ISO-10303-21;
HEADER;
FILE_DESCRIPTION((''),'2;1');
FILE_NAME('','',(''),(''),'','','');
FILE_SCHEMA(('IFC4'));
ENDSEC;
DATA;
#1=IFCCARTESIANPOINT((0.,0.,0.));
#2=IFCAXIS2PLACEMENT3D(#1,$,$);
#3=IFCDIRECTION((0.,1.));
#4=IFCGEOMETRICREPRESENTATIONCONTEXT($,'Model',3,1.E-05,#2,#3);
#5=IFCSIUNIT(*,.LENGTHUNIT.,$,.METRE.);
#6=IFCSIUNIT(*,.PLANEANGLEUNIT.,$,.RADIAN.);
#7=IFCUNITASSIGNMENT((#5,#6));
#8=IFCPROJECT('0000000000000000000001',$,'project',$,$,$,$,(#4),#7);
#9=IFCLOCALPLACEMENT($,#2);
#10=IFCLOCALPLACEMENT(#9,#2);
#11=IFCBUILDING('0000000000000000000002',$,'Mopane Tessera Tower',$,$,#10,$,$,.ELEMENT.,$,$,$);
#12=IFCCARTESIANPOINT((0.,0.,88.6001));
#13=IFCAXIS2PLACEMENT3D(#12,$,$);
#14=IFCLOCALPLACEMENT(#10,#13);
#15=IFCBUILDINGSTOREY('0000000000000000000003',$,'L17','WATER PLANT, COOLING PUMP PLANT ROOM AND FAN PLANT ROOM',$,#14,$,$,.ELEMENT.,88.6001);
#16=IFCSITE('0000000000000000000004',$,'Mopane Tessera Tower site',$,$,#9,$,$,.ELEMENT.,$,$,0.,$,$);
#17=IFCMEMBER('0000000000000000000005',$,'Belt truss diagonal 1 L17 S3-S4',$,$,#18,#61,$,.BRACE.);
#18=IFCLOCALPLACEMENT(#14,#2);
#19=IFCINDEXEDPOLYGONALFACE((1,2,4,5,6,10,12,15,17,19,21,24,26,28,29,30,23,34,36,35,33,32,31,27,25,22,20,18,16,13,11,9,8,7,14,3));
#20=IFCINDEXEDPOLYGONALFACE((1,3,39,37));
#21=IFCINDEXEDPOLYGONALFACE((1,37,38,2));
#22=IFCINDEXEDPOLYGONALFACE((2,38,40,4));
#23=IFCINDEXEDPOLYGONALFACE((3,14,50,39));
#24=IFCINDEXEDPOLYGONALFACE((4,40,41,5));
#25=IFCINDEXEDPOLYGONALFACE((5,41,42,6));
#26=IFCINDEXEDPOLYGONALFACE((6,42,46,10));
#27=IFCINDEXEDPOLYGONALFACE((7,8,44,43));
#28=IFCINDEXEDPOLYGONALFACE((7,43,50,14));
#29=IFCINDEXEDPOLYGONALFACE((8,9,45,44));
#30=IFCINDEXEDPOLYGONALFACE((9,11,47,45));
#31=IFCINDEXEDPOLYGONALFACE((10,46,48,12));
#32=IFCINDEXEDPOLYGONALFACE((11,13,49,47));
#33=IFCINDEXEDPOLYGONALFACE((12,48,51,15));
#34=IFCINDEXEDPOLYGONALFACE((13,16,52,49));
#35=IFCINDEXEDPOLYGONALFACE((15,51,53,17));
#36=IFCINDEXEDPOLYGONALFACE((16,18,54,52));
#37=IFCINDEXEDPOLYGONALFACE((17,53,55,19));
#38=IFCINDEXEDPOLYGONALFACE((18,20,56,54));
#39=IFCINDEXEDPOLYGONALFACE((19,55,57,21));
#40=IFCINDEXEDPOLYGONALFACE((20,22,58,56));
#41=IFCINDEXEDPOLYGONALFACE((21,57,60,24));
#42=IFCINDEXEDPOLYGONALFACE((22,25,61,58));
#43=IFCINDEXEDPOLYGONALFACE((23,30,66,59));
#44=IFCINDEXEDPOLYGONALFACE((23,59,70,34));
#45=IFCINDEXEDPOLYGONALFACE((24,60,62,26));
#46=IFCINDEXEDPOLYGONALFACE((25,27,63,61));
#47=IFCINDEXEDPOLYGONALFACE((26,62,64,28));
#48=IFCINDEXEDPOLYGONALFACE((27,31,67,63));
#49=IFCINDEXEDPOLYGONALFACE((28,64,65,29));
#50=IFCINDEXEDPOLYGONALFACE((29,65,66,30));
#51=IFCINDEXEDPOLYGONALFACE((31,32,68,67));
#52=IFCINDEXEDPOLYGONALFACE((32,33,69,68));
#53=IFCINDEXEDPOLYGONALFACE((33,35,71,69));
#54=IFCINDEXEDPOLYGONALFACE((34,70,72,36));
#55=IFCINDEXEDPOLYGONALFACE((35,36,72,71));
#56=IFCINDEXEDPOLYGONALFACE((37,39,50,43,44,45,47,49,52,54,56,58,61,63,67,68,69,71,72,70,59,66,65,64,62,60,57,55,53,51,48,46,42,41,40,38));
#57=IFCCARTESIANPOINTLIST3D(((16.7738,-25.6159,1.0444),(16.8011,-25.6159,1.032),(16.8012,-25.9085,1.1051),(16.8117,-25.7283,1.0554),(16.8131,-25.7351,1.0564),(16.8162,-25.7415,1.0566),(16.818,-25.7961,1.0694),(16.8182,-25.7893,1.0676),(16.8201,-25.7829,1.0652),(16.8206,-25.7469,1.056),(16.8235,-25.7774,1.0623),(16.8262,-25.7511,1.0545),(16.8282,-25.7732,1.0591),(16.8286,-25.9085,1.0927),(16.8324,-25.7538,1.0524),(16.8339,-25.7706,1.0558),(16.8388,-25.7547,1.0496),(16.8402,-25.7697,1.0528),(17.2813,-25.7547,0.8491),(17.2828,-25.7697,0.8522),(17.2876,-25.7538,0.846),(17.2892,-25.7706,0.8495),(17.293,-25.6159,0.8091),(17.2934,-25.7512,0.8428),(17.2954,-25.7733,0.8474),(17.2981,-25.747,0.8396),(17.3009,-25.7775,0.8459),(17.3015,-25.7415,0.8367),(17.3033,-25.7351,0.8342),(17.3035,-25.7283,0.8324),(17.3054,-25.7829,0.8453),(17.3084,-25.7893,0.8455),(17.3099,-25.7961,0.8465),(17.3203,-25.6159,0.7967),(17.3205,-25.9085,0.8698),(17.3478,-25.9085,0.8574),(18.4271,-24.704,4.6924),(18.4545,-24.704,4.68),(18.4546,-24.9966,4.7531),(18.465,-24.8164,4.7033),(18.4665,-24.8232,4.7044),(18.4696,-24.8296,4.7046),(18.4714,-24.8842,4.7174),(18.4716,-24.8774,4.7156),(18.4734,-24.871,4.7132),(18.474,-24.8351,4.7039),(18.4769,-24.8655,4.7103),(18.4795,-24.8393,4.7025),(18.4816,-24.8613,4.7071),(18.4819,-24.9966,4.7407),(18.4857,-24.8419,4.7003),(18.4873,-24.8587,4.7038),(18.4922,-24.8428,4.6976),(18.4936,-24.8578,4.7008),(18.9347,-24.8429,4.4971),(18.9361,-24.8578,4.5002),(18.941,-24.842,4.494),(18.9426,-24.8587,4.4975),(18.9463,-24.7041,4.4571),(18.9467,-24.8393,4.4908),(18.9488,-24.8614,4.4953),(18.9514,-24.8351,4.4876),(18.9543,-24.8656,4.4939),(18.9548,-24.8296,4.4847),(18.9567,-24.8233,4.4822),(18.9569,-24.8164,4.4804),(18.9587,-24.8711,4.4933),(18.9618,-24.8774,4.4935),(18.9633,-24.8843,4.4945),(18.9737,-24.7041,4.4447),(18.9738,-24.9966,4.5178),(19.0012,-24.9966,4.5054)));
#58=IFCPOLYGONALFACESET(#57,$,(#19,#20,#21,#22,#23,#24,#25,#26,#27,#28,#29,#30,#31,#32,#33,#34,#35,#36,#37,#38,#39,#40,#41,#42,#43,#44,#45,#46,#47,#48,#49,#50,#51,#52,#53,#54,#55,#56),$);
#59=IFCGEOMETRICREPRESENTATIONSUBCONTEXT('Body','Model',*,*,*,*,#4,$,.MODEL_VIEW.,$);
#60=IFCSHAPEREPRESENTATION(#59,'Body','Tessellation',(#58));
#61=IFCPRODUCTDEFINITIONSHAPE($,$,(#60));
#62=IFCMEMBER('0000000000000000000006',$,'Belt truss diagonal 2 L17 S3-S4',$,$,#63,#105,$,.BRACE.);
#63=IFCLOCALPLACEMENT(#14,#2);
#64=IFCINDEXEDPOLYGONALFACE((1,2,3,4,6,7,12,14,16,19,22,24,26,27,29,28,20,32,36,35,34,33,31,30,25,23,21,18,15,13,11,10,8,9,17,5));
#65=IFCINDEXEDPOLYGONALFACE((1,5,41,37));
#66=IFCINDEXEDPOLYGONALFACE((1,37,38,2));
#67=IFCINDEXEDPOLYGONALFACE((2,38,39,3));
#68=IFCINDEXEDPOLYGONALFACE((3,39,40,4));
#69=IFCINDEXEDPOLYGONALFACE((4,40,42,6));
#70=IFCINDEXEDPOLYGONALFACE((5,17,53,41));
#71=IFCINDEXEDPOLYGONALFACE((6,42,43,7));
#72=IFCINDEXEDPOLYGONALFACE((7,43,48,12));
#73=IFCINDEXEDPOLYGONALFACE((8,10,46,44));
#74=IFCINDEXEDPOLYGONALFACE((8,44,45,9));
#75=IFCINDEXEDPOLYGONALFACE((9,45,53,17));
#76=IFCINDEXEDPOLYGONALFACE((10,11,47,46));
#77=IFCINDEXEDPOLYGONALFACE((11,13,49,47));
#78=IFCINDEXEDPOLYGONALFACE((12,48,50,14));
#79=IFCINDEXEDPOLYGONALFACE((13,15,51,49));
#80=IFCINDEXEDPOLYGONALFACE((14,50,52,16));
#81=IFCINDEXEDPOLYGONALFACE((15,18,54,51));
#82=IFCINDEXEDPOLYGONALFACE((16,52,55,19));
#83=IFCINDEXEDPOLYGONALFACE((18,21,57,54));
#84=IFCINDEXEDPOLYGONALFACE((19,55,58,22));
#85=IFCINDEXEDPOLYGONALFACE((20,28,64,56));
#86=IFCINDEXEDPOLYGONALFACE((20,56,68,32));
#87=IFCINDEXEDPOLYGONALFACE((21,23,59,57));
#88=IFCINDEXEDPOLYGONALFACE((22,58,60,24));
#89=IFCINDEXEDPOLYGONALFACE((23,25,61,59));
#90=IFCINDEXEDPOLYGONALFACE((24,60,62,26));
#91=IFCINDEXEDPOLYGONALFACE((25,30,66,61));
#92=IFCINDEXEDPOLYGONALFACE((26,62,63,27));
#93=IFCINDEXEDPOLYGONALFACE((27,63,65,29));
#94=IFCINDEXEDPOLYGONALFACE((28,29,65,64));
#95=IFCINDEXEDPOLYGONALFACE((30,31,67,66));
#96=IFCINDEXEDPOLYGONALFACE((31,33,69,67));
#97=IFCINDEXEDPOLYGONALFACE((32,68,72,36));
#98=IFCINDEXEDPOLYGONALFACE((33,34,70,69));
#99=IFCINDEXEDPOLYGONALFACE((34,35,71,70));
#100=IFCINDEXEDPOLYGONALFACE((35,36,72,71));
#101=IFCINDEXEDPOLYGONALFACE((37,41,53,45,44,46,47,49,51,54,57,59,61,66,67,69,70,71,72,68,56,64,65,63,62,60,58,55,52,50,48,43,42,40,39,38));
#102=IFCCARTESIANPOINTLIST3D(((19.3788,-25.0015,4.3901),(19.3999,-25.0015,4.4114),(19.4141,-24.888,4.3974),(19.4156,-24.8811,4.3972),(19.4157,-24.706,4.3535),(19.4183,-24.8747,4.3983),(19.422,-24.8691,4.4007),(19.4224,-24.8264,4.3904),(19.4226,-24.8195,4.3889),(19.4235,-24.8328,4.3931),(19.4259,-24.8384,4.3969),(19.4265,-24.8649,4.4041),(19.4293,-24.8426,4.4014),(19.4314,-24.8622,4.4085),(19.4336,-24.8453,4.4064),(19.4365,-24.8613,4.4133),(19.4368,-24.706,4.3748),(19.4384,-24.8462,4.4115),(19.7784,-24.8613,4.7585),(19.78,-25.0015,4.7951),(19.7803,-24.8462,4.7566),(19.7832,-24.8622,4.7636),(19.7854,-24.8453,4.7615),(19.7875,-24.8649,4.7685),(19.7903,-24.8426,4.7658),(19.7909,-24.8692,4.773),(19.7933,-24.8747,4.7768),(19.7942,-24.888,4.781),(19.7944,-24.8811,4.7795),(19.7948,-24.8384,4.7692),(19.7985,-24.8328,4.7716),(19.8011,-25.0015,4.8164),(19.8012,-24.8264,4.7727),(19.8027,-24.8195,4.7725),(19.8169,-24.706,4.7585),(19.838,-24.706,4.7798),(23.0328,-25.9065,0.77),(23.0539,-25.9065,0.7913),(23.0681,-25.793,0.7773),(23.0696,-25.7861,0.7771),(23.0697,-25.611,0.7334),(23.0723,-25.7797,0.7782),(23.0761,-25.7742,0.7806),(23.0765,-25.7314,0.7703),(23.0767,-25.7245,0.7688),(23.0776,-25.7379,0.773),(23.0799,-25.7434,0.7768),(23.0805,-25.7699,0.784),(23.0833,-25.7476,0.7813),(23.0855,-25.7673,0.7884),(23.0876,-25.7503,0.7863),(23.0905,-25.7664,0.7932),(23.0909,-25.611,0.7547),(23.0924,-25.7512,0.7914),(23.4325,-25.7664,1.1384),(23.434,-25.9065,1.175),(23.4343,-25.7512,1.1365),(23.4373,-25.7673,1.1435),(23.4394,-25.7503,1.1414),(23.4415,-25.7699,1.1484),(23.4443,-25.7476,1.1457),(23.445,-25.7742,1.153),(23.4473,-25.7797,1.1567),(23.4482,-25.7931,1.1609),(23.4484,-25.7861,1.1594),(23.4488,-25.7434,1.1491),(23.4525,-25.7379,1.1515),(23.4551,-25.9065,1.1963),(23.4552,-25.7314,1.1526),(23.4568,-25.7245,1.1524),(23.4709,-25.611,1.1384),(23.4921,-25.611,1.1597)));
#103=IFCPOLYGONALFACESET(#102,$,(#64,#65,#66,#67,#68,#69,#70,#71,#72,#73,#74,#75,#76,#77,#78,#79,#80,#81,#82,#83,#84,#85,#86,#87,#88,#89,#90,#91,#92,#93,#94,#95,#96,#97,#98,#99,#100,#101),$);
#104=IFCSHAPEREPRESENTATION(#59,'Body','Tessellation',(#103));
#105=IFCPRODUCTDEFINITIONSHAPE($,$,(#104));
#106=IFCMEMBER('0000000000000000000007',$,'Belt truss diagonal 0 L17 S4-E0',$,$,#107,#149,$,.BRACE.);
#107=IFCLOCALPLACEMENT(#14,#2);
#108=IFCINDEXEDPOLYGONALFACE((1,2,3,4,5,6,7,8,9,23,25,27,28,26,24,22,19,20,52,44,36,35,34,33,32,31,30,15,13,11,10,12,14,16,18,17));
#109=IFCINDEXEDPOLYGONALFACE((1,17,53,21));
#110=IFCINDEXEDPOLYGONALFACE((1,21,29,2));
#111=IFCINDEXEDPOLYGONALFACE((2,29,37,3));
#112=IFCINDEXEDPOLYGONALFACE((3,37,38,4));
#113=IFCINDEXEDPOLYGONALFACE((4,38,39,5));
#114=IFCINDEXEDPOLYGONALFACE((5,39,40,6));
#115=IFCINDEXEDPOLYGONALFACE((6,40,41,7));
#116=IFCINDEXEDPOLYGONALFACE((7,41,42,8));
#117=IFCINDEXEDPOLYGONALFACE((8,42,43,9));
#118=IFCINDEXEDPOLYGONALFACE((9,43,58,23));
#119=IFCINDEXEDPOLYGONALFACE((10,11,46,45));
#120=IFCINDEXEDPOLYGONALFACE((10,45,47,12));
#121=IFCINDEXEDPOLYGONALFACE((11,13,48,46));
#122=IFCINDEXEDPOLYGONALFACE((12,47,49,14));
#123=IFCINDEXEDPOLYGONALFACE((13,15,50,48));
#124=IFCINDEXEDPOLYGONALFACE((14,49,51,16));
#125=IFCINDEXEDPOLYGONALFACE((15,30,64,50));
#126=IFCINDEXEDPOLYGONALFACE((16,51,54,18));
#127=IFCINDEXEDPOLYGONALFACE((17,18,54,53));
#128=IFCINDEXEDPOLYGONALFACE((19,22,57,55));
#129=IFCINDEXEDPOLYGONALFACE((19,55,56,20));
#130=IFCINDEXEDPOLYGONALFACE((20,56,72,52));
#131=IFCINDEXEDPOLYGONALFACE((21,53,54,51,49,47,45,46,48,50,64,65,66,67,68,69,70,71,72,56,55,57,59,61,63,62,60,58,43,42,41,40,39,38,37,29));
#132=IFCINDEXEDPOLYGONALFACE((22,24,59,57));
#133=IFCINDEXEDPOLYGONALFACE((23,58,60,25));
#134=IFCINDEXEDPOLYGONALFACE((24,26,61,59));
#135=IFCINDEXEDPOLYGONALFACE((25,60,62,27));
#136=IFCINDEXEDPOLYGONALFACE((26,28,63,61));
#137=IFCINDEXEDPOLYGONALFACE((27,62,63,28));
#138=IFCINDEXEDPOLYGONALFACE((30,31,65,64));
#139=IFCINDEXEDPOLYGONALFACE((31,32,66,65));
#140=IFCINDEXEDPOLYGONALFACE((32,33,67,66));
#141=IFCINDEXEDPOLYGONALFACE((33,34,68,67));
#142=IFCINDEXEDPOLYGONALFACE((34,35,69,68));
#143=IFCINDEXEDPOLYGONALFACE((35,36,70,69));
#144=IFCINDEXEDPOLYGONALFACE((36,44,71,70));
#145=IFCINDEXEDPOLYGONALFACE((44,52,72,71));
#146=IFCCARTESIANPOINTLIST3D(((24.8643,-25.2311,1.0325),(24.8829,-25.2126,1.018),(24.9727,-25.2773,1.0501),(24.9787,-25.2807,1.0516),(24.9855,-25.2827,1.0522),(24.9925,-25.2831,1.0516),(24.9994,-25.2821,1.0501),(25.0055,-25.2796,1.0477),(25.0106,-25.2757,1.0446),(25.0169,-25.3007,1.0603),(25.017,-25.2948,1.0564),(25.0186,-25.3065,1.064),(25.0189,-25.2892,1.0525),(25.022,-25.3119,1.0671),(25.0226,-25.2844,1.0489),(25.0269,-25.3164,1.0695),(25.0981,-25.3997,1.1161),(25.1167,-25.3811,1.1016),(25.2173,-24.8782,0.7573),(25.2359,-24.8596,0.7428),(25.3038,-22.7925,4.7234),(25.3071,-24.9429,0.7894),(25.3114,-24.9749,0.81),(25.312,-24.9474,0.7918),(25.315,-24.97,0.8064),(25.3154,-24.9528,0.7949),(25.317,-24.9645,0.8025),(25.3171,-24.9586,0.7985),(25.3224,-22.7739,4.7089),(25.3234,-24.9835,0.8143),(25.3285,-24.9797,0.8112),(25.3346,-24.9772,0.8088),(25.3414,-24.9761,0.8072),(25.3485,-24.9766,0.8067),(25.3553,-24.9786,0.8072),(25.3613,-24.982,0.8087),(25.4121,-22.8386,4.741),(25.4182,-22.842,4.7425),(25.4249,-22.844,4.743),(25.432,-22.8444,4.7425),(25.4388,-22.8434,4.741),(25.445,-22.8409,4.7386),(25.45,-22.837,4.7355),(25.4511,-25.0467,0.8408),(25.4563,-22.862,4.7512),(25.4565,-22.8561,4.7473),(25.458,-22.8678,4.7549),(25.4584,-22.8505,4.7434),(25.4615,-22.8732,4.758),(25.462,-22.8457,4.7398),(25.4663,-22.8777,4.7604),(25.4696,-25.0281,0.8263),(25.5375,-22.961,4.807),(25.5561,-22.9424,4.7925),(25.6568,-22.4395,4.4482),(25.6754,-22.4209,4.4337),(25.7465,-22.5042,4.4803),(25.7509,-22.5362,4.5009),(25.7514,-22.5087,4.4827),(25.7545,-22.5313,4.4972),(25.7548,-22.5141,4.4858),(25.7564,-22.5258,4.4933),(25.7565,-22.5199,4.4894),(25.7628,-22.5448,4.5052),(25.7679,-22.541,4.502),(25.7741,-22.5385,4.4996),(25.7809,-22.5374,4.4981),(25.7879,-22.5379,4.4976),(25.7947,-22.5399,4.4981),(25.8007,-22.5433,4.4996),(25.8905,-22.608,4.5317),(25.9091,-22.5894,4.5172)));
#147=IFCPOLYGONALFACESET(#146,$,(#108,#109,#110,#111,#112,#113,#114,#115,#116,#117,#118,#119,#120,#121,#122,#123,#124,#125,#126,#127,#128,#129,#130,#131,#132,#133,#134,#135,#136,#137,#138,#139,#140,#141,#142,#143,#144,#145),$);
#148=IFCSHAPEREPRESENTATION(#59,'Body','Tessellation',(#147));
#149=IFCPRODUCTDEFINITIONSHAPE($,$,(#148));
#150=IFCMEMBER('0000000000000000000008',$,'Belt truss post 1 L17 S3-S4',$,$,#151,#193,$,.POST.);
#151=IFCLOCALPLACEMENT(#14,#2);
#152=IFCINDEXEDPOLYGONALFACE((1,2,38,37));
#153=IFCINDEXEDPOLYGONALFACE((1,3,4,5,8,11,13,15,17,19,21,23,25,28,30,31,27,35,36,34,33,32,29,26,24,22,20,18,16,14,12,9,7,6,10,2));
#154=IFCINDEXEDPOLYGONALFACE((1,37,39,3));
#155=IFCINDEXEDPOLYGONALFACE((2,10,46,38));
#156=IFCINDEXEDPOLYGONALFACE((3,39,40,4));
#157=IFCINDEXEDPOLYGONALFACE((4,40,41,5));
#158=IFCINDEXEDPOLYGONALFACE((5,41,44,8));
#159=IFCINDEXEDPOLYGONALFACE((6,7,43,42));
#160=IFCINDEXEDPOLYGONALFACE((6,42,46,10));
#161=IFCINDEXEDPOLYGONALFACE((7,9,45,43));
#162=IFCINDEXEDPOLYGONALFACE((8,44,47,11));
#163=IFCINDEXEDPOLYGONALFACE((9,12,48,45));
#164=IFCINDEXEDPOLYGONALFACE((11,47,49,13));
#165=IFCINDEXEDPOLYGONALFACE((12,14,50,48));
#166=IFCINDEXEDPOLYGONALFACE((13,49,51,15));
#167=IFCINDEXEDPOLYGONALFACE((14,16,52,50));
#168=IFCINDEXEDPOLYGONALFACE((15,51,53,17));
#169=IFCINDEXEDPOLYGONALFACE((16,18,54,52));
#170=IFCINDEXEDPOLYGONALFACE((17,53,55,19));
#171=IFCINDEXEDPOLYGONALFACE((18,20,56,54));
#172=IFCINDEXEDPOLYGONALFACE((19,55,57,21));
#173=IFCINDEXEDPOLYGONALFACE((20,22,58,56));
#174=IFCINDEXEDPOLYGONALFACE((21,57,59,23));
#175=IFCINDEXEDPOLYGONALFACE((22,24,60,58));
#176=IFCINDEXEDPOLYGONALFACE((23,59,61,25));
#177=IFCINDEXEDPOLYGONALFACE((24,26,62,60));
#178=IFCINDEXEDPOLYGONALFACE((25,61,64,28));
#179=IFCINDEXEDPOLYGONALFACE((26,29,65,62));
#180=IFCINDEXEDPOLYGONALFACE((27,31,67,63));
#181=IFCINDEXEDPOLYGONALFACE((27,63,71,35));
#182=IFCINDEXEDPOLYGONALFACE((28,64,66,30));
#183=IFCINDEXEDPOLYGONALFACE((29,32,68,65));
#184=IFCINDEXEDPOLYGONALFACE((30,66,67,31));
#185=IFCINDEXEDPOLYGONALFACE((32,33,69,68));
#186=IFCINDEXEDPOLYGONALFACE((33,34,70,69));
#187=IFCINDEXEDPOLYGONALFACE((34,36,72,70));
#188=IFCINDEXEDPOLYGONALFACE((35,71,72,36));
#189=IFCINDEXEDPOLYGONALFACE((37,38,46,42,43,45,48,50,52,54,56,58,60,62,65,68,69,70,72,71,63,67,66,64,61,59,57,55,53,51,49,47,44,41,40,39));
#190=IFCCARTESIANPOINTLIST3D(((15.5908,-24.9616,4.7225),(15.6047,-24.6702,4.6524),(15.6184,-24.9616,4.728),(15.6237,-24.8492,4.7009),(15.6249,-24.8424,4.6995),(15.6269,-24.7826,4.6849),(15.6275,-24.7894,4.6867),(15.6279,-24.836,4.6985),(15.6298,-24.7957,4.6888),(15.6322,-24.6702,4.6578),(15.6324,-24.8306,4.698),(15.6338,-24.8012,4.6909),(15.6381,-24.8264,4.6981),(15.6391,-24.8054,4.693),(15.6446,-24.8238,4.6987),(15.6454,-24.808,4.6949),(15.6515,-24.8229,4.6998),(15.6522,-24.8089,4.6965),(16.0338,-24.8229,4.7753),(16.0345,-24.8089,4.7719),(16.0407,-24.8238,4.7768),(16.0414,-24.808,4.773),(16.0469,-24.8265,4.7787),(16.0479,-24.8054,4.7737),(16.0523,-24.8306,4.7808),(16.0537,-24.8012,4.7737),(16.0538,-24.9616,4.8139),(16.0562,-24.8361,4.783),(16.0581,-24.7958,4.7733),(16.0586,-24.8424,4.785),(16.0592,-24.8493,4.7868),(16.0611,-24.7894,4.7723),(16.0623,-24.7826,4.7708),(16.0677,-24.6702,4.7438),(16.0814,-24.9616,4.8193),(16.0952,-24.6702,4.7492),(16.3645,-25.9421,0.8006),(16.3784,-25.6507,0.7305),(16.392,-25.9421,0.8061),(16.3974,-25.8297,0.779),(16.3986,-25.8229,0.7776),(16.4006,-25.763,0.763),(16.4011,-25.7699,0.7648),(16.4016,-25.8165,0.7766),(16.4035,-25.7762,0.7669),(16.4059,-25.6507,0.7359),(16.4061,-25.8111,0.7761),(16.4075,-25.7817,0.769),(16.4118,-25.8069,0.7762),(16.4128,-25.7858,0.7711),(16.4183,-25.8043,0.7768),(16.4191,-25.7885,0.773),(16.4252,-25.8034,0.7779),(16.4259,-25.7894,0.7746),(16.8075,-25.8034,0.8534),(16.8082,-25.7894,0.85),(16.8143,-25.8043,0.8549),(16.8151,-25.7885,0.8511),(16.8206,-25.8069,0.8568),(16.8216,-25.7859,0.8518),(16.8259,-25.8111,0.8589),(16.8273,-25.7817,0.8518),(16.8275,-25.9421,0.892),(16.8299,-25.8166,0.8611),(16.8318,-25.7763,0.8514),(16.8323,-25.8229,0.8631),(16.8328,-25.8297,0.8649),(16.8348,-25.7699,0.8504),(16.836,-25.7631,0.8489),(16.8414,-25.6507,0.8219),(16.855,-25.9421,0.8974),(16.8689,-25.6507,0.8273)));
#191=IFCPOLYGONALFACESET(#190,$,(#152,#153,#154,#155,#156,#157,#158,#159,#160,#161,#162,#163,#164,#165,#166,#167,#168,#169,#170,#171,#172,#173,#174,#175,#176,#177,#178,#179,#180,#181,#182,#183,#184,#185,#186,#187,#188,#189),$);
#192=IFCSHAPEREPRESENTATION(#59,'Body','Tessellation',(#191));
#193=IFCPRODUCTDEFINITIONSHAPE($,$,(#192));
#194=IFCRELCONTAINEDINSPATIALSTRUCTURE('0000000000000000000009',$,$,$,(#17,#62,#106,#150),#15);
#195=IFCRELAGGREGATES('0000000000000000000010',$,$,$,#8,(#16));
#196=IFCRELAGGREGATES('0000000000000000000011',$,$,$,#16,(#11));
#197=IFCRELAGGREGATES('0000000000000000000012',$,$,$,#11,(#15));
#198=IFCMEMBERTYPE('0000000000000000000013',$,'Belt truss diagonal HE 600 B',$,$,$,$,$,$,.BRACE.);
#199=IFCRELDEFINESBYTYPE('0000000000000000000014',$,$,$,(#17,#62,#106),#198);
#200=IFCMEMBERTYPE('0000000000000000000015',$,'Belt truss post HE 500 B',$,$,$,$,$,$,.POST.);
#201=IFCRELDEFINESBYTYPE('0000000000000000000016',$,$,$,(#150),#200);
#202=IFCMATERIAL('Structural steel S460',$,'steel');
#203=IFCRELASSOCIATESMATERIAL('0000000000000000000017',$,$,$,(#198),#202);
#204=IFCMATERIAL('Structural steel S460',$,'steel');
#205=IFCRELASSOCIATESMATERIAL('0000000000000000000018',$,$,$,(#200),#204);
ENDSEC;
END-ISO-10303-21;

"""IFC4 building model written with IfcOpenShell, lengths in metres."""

from ifc_helpers import new_model, si_unit, direction, frame, origin, origin_2d, place, context, subcontext, project, spatial, i_section, extrude, material, material_profile, profile_set, type_object, element, save


model = new_model("IFC4")

# Units and contexts
model_context = context("Model", 3, precision=1e-05, world=origin(), true_north=direction((0.0, 1.0)))
body_context = subcontext(model_context, "Body", "Model", "MODEL_VIEW")
ifc_project = project(units=[si_unit("LENGTHUNIT", "METRE"), si_unit("PLANEANGLEUNIT", "RADIAN")], contexts=[model_context])

# Site, building, storey
site_placement = place(None, origin())
site = spatial("IfcSite", under=ifc_project, at=site_placement, Name="Mopane Tessera Tower site", CompositionType="ELEMENT", RefElevation=0.0)
building_placement = place(site_placement, origin())
building = spatial("IfcBuilding", under=site, at=building_placement, Name="Mopane Tessera Tower", CompositionType="ELEMENT")
storey_placement = place(building_placement, frame((0.0, 0.0, 88.6001)))
storey = spatial("IfcBuildingStorey", under=building, at=storey_placement, Name="L17", Description="WATER PLANT, COOLING PUMP PLANT ROOM AND FAN PLANT ROOM", CompositionType="ELEMENT", Elevation=88.6001)

# Members
ifc_material_1 = material(Name="Structural steel S460", Category="steel")
ifc_material_profile_1 = material_profile(ifc_material_1, i_section(OverallWidth=0.3, OverallDepth=0.6001, WebThickness=0.0154, FlangeThickness=0.03, FilletRadius=0.0271, at=origin_2d()))
ifc_profile_set_1 = profile_set([ifc_material_profile_1], Name="Structural steel S460")
member_type_1 = type_object("IfcMemberType", Name="Belt truss diagonal HE 600 B", PredefinedType="BRACE", material=ifc_profile_set_1)
member_1_placement = place(storey_placement, frame((17.0608, -25.7622, 0.9509), z_axis=(0.402501, 0.221994, 0.888094), x_axis=(-0.091567, 0.975048, -0.202229)))
element("IfcMember", 1, at=member_1_placement, inside=storey, type_object=member_type_1, Name="Belt truss diagonal 1 L17 S3-S4", PredefinedType="BRACE", context=body_context, shape_type="SweptSolid", body=[
    extrude(i_section(OverallWidth=0.3, OverallDepth=0.6001, WebThickness=0.0154, FlangeThickness=0.03, FilletRadius=0.0271, at=origin_2d()), origin(), (0.0, 0.0, 1.0), 4.1077),
])
member_2_placement = place(storey_placement, frame((19.6084, -24.8538, 4.585), z_axis=(0.69965, -0.173288, -0.693153), x_axis=(0.123111, 0.984871, -0.121953)))
element("IfcMember", 2, at=member_2_placement, inside=storey, type_object=member_type_1, Name="Belt truss diagonal 2 L17 S3-S4", PredefinedType="BRACE", context=body_context, shape_type="SweptSolid", body=[
    extrude(i_section(OverallWidth=0.3, OverallDepth=0.6001, WebThickness=0.0154, FlangeThickness=0.03, FilletRadius=0.0271, at=origin_2d()), origin(), (0.0, 0.0, 1.0), 5.2227),
])
member_3_placement = place(storey_placement, frame((25.167, -25.1296, 0.9294), z_axis=(0.098851, 0.54857, 0.830241), x_axis=(-0.778986, 0.561817, -0.278464)))
element("IfcMember", 3, at=member_3_placement, inside=storey, type_object=member_type_1, Name="Belt truss diagonal 0 L17 S4-E0", PredefinedType="BRACE", context=body_context, shape_type="SweptSolid", body=[
    extrude(i_section(OverallWidth=0.3, OverallDepth=0.6001, WebThickness=0.0154, FlangeThickness=0.03, FilletRadius=0.0271, at=origin_2d()), origin(), (0.0, 0.0, 1.0), 4.4456),
])
ifc_material_2 = material(Name="Structural steel S460", Category="steel")
ifc_material_profile_2 = material_profile(ifc_material_2, i_section(OverallWidth=0.3, OverallDepth=0.5, WebThickness=0.0144, FlangeThickness=0.0281, FilletRadius=0.0271, at=origin_2d()))
ifc_profile_set_2 = profile_set([ifc_material_profile_2], Name="Structural steel S460")
member_type_2 = type_object("IfcMemberType", Name="Belt truss post HE 500 B", PredefinedType="POST", material=ifc_profile_set_2)
member_4_placement = place(storey_placement, frame((16.6167, -25.7964, 0.814), z_axis=(-0.187972, 0.238212, 0.952849), x_axis=(0.046212, 0.971213, -0.233687)))
element("IfcMember", 4, at=member_4_placement, inside=storey, type_object=member_type_2, Name="Belt truss post 1 L17 S3-S4", PredefinedType="POST", context=body_context, shape_type="SweptSolid", body=[
    extrude(i_section(OverallWidth=0.3, OverallDepth=0.5, WebThickness=0.0144, FlangeThickness=0.0281, FilletRadius=0.0271, at=origin_2d()), origin(), (0.0, 0.0, 1.0), 4.116),
])

save(model, "model.ifc")
